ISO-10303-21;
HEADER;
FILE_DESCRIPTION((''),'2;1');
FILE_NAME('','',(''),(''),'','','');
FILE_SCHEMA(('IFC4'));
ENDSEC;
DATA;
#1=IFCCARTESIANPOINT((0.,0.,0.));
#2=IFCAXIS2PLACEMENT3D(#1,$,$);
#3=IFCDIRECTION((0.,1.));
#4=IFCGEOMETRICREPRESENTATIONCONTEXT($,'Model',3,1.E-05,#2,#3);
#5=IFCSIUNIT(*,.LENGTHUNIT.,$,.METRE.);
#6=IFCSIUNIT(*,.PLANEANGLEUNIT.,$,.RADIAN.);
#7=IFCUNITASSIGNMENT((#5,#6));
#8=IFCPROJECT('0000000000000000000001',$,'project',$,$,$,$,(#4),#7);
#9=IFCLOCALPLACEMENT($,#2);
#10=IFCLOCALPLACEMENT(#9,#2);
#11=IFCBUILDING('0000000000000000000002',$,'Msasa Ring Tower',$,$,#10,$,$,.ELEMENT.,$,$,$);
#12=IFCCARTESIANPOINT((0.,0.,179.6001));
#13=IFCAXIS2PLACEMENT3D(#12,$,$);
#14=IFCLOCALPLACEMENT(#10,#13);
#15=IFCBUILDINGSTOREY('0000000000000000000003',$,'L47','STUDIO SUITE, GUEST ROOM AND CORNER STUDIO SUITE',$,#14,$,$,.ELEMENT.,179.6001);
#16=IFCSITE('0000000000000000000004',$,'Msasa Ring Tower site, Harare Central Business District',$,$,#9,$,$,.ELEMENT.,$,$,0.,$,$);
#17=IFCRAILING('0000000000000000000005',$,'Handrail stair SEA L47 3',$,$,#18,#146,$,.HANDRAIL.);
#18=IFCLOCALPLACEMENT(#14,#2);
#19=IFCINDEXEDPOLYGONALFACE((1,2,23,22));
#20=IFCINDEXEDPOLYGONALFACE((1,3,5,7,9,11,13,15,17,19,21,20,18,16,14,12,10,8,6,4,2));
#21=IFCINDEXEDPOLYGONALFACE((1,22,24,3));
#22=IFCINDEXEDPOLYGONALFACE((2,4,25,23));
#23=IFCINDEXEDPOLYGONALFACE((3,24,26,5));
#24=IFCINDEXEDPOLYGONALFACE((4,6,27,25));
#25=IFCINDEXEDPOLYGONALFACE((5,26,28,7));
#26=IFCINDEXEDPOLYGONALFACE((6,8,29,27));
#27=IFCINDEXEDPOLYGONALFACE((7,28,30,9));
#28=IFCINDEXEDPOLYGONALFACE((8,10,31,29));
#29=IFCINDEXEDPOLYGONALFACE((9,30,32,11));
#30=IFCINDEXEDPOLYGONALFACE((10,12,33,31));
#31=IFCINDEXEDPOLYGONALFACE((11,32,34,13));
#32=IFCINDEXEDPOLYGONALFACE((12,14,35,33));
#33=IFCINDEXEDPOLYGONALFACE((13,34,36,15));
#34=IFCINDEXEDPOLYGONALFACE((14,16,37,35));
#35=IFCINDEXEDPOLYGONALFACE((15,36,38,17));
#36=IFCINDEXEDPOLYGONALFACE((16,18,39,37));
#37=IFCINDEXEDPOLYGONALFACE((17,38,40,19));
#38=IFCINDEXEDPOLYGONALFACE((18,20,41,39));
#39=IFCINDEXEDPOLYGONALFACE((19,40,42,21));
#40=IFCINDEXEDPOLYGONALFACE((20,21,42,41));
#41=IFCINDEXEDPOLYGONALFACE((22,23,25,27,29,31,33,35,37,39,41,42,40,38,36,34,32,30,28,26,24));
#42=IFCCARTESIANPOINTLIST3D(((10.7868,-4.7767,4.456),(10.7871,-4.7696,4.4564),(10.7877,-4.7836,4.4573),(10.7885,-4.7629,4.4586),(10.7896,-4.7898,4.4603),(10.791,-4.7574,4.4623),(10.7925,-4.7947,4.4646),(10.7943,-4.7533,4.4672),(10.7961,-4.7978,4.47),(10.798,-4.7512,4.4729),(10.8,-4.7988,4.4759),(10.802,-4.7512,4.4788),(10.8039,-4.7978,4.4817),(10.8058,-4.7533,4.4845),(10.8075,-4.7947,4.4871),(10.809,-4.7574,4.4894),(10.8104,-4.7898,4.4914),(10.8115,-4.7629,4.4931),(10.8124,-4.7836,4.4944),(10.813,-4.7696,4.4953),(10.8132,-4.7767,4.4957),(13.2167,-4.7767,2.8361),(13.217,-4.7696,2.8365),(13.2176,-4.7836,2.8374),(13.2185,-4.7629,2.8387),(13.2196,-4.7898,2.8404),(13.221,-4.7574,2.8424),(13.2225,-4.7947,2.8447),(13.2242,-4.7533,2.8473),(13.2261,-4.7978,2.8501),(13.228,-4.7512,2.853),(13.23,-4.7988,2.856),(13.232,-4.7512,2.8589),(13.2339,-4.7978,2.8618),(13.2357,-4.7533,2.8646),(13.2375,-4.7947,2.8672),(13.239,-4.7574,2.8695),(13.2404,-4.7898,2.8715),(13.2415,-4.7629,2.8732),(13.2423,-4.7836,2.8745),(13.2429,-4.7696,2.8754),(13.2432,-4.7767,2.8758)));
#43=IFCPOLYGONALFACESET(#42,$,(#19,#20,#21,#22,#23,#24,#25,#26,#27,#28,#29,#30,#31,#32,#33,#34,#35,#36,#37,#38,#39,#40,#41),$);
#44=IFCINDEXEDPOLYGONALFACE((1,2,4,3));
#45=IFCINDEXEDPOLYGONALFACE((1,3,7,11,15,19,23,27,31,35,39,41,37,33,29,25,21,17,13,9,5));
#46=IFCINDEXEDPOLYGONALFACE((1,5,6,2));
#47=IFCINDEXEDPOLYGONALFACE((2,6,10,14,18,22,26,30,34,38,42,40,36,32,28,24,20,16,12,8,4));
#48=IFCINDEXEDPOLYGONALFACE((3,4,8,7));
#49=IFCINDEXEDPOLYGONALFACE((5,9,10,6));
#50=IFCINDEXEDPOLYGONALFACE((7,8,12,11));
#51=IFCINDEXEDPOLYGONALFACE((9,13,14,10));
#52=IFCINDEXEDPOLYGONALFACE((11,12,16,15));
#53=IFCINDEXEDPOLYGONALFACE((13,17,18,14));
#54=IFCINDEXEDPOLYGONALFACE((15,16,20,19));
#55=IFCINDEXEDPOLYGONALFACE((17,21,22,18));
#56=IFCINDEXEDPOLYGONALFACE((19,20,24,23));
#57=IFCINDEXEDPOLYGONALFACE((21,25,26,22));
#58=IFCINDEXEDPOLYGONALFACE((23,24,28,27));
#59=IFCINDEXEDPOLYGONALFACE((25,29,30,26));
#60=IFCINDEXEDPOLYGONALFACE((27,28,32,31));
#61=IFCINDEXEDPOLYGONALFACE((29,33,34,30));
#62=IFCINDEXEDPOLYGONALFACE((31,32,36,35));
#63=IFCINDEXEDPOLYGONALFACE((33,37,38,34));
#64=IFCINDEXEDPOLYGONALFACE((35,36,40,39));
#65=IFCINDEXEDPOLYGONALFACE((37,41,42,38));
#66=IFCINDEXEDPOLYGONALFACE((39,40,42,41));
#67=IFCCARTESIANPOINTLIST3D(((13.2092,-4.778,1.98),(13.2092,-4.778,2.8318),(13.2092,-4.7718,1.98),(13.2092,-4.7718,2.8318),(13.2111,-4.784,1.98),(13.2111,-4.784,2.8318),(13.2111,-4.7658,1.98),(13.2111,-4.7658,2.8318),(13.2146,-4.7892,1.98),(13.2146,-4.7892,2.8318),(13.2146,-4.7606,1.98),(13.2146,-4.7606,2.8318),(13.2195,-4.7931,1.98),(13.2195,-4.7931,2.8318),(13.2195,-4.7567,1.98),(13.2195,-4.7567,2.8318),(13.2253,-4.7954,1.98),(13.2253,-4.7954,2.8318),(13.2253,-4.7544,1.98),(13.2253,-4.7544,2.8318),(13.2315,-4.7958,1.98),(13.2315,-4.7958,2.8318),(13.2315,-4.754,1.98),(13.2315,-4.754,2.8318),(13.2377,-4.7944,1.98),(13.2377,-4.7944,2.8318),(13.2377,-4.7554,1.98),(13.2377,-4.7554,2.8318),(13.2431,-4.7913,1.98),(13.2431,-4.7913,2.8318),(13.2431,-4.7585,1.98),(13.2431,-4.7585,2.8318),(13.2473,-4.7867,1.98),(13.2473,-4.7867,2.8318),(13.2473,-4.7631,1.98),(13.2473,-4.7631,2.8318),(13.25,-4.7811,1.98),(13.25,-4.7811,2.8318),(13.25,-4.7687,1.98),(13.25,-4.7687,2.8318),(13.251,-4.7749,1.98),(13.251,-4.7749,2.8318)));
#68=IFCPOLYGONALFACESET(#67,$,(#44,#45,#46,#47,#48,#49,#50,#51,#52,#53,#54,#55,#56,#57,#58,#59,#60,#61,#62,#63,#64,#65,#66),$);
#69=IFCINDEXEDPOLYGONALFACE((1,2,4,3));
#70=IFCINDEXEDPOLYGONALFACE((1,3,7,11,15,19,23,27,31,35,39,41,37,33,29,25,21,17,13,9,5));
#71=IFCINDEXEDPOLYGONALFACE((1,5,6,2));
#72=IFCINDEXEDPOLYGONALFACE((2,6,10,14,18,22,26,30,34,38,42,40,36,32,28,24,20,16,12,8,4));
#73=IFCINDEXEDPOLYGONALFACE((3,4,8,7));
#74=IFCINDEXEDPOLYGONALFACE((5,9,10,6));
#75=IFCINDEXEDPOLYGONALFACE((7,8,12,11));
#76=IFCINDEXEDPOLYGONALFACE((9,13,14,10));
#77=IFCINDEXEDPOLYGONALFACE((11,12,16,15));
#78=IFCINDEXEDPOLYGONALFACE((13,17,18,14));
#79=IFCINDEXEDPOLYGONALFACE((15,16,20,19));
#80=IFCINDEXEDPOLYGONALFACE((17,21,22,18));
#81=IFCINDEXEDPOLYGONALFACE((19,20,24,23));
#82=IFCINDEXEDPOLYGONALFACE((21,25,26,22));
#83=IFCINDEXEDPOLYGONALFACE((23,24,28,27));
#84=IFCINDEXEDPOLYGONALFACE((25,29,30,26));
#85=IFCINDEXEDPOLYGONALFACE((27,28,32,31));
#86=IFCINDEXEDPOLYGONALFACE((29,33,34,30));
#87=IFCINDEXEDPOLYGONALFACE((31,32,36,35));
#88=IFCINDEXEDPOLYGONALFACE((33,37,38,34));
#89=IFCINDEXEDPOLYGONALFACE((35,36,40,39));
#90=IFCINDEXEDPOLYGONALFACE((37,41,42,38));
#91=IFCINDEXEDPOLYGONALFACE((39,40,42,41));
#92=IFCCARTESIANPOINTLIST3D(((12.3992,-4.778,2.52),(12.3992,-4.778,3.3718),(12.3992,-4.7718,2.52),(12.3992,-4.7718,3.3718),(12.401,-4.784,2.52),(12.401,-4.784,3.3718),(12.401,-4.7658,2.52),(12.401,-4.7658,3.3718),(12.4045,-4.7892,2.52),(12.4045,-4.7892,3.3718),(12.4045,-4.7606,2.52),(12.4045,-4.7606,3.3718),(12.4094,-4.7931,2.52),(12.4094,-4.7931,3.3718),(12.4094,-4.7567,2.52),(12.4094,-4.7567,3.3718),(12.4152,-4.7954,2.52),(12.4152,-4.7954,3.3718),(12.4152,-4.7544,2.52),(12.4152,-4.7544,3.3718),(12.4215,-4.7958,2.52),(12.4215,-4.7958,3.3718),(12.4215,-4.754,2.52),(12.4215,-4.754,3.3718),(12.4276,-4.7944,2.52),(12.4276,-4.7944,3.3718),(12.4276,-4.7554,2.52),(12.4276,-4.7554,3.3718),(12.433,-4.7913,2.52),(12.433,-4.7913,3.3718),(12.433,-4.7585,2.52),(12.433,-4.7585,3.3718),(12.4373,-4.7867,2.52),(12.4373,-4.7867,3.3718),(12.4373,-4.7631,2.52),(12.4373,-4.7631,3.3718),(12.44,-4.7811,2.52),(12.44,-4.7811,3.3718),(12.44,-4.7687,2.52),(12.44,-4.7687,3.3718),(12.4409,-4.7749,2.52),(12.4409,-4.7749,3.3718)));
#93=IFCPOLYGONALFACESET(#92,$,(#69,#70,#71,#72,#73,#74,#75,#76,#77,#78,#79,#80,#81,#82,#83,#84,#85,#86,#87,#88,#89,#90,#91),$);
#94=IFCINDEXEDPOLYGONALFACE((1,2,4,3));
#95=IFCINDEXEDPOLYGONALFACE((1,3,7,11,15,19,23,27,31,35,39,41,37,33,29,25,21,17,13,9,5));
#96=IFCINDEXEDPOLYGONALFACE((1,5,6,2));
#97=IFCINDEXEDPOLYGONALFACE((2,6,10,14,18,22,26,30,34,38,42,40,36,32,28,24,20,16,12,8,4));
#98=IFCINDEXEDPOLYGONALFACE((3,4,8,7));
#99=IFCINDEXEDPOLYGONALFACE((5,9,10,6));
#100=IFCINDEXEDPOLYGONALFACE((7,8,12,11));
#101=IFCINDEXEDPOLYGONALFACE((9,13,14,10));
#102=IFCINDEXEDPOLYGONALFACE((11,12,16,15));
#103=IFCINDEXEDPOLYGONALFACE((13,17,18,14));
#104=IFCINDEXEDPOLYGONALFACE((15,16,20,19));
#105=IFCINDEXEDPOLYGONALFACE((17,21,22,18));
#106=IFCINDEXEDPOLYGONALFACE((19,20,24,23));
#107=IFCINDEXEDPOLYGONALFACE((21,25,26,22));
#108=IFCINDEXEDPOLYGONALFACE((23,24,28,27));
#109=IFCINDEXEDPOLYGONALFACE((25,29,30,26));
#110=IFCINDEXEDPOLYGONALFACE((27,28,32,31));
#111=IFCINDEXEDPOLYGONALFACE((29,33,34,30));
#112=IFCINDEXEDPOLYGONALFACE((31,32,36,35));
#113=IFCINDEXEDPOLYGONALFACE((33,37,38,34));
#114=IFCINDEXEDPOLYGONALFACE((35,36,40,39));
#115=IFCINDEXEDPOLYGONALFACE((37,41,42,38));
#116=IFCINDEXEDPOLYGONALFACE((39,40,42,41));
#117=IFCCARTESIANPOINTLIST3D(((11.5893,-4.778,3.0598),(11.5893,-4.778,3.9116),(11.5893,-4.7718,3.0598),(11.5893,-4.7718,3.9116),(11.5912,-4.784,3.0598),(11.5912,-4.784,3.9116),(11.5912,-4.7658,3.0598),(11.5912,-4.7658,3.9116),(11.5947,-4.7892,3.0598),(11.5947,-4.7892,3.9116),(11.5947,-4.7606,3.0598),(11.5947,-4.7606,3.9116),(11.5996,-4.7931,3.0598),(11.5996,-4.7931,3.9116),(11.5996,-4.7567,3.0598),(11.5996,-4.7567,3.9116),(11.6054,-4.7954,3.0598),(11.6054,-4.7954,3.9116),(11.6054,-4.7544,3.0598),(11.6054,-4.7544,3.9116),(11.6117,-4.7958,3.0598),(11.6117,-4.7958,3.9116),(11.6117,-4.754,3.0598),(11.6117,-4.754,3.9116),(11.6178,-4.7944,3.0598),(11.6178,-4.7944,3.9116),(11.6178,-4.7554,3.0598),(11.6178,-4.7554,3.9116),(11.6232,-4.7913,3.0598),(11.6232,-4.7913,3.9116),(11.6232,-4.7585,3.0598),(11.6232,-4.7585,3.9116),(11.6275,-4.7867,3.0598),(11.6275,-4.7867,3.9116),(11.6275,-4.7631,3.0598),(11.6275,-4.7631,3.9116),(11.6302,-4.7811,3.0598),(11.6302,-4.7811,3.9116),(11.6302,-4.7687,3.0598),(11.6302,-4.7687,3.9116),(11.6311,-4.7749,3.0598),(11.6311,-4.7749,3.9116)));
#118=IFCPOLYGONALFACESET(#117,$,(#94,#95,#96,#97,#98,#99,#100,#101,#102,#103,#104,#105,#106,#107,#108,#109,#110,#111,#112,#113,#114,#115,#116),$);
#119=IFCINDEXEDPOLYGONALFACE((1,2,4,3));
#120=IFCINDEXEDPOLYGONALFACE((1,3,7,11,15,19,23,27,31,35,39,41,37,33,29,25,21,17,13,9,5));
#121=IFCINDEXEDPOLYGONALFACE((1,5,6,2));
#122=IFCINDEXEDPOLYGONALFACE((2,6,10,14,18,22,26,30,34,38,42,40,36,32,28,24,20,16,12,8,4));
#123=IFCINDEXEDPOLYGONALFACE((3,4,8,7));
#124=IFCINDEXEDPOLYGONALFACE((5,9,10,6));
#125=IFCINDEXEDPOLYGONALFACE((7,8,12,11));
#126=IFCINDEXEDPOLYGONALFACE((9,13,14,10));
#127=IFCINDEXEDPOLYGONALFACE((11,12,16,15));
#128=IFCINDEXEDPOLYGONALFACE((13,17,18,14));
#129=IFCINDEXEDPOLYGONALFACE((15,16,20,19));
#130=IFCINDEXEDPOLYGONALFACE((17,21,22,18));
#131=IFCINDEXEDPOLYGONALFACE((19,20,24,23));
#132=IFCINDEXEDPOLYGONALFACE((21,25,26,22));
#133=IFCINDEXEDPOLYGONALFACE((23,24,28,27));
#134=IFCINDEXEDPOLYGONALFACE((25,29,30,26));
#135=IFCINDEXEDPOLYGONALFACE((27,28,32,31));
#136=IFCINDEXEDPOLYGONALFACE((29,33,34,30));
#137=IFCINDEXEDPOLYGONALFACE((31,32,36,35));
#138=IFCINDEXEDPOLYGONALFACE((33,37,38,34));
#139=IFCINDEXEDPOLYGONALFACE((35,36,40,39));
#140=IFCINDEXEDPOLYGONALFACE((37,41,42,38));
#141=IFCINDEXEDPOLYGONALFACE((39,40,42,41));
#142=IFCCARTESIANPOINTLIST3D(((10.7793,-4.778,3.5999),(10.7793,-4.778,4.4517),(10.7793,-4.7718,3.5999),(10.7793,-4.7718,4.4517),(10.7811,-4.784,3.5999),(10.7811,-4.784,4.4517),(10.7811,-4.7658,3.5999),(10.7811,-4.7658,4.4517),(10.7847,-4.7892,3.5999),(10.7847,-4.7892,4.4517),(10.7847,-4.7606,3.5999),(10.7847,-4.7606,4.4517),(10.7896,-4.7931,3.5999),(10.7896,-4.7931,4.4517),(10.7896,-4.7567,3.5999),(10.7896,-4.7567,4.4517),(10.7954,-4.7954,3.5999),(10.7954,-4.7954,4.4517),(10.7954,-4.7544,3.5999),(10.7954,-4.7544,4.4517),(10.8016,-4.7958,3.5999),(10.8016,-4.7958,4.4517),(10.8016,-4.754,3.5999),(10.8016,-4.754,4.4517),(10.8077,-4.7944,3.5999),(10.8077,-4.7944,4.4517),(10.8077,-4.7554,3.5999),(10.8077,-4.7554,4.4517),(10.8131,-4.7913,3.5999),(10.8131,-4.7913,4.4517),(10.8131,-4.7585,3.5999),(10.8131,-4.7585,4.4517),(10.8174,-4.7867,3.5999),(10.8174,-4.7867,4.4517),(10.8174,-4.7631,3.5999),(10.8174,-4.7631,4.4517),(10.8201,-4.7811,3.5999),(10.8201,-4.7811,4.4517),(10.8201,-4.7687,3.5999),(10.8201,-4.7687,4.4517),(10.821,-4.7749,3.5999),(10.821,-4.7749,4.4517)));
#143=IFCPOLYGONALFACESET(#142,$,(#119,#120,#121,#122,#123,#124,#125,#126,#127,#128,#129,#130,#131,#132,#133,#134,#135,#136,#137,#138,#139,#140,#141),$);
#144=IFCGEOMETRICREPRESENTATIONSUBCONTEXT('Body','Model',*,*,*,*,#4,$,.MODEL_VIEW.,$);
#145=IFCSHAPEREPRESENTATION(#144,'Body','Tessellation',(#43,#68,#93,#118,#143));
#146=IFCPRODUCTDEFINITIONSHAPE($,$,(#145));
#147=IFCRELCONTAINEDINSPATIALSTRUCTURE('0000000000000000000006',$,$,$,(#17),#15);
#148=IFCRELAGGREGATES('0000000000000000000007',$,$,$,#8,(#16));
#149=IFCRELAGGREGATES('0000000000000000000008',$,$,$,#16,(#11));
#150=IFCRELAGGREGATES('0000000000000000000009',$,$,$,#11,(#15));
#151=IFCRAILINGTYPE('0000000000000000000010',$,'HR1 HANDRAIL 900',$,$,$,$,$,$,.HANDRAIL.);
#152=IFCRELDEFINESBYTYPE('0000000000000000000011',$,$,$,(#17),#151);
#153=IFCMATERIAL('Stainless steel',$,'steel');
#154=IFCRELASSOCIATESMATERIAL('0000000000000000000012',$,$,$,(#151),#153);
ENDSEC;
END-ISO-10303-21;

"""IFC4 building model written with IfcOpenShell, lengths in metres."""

from ifc_helpers import new_model, si_unit, direction, frame, origin, origin_2d, place, context, subcontext, project, spatial, circle, extrude, material, type_object, element, save


model = new_model("IFC4")

# Units and contexts
model_context = context("Model", 3, precision=1e-05, world=origin(), true_north=direction((0.0, 1.0)))
body_context = subcontext(model_context, "Body", "Model", "MODEL_VIEW")
ifc_project = project(units=[si_unit("LENGTHUNIT", "METRE"), si_unit("PLANEANGLEUNIT", "RADIAN")], contexts=[model_context])

# Site, building, storey
site_placement = place(None, origin())
site = spatial("IfcSite", under=ifc_project, at=site_placement, Name="Msasa Ring Tower site, Harare Central Business District", CompositionType="ELEMENT", RefElevation=0.0)
building_placement = place(site_placement, origin())
building = spatial("IfcBuilding", under=site, at=building_placement, Name="Msasa Ring Tower", CompositionType="ELEMENT")
storey_placement = place(building_placement, frame((0.0, 0.0, 179.6001)))
storey = spatial("IfcBuildingStorey", under=building, at=storey_placement, Name="L47", Description="STUDIO SUITE, GUEST ROOM AND CORNER STUDIO SUITE", CompositionType="ELEMENT", Elevation=179.6001)

# Railing
ifc_material_1 = material(Name="Stainless steel", Category="steel")
railing_type = type_object("IfcRailingType", Name="HR1 HANDRAIL 900", PredefinedType="HANDRAIL", material=ifc_material_1)
for number, where, name in (
    (1, (13.23, -4.7749, 1.98), "Handrail stair SEA L47 3"),
):
    element("IfcRailing", number, at=place(storey_placement, frame(where)), inside=storey, type_object=railing_type, Name=name, PredefinedType="HANDRAIL", context=body_context, shape_type="SweptSolid", body=[
        extrude(circle(Radius=0.0239, at=origin_2d()), frame((0.0, 0.0, 0.876), z_axis=(-0.832063, 0.0, 0.554681), x_axis=(0.0, -1.0, 0.0)), (0.0, 0.0, 1.0), 2.9204),
        extrude(circle(Radius=0.021, at=origin_2d()), origin(), (0.0, 0.0, 1.0), 0.8518),
        extrude(circle(Radius=0.021, at=origin_2d()), frame((-0.8101, 0.0, 0.54)), (0.0, 0.0, 1.0), 0.8518),
        extrude(circle(Radius=0.021, at=origin_2d()), frame((-1.6199, 0.0, 1.0798)), (0.0, 0.0, 1.0), 0.8518),
        extrude(circle(Radius=0.021, at=origin_2d()), frame((-2.4299, 0.0, 1.6199)), (0.0, 0.0, 1.0), 0.8518),
    ])

save(model, "model.ifc")
